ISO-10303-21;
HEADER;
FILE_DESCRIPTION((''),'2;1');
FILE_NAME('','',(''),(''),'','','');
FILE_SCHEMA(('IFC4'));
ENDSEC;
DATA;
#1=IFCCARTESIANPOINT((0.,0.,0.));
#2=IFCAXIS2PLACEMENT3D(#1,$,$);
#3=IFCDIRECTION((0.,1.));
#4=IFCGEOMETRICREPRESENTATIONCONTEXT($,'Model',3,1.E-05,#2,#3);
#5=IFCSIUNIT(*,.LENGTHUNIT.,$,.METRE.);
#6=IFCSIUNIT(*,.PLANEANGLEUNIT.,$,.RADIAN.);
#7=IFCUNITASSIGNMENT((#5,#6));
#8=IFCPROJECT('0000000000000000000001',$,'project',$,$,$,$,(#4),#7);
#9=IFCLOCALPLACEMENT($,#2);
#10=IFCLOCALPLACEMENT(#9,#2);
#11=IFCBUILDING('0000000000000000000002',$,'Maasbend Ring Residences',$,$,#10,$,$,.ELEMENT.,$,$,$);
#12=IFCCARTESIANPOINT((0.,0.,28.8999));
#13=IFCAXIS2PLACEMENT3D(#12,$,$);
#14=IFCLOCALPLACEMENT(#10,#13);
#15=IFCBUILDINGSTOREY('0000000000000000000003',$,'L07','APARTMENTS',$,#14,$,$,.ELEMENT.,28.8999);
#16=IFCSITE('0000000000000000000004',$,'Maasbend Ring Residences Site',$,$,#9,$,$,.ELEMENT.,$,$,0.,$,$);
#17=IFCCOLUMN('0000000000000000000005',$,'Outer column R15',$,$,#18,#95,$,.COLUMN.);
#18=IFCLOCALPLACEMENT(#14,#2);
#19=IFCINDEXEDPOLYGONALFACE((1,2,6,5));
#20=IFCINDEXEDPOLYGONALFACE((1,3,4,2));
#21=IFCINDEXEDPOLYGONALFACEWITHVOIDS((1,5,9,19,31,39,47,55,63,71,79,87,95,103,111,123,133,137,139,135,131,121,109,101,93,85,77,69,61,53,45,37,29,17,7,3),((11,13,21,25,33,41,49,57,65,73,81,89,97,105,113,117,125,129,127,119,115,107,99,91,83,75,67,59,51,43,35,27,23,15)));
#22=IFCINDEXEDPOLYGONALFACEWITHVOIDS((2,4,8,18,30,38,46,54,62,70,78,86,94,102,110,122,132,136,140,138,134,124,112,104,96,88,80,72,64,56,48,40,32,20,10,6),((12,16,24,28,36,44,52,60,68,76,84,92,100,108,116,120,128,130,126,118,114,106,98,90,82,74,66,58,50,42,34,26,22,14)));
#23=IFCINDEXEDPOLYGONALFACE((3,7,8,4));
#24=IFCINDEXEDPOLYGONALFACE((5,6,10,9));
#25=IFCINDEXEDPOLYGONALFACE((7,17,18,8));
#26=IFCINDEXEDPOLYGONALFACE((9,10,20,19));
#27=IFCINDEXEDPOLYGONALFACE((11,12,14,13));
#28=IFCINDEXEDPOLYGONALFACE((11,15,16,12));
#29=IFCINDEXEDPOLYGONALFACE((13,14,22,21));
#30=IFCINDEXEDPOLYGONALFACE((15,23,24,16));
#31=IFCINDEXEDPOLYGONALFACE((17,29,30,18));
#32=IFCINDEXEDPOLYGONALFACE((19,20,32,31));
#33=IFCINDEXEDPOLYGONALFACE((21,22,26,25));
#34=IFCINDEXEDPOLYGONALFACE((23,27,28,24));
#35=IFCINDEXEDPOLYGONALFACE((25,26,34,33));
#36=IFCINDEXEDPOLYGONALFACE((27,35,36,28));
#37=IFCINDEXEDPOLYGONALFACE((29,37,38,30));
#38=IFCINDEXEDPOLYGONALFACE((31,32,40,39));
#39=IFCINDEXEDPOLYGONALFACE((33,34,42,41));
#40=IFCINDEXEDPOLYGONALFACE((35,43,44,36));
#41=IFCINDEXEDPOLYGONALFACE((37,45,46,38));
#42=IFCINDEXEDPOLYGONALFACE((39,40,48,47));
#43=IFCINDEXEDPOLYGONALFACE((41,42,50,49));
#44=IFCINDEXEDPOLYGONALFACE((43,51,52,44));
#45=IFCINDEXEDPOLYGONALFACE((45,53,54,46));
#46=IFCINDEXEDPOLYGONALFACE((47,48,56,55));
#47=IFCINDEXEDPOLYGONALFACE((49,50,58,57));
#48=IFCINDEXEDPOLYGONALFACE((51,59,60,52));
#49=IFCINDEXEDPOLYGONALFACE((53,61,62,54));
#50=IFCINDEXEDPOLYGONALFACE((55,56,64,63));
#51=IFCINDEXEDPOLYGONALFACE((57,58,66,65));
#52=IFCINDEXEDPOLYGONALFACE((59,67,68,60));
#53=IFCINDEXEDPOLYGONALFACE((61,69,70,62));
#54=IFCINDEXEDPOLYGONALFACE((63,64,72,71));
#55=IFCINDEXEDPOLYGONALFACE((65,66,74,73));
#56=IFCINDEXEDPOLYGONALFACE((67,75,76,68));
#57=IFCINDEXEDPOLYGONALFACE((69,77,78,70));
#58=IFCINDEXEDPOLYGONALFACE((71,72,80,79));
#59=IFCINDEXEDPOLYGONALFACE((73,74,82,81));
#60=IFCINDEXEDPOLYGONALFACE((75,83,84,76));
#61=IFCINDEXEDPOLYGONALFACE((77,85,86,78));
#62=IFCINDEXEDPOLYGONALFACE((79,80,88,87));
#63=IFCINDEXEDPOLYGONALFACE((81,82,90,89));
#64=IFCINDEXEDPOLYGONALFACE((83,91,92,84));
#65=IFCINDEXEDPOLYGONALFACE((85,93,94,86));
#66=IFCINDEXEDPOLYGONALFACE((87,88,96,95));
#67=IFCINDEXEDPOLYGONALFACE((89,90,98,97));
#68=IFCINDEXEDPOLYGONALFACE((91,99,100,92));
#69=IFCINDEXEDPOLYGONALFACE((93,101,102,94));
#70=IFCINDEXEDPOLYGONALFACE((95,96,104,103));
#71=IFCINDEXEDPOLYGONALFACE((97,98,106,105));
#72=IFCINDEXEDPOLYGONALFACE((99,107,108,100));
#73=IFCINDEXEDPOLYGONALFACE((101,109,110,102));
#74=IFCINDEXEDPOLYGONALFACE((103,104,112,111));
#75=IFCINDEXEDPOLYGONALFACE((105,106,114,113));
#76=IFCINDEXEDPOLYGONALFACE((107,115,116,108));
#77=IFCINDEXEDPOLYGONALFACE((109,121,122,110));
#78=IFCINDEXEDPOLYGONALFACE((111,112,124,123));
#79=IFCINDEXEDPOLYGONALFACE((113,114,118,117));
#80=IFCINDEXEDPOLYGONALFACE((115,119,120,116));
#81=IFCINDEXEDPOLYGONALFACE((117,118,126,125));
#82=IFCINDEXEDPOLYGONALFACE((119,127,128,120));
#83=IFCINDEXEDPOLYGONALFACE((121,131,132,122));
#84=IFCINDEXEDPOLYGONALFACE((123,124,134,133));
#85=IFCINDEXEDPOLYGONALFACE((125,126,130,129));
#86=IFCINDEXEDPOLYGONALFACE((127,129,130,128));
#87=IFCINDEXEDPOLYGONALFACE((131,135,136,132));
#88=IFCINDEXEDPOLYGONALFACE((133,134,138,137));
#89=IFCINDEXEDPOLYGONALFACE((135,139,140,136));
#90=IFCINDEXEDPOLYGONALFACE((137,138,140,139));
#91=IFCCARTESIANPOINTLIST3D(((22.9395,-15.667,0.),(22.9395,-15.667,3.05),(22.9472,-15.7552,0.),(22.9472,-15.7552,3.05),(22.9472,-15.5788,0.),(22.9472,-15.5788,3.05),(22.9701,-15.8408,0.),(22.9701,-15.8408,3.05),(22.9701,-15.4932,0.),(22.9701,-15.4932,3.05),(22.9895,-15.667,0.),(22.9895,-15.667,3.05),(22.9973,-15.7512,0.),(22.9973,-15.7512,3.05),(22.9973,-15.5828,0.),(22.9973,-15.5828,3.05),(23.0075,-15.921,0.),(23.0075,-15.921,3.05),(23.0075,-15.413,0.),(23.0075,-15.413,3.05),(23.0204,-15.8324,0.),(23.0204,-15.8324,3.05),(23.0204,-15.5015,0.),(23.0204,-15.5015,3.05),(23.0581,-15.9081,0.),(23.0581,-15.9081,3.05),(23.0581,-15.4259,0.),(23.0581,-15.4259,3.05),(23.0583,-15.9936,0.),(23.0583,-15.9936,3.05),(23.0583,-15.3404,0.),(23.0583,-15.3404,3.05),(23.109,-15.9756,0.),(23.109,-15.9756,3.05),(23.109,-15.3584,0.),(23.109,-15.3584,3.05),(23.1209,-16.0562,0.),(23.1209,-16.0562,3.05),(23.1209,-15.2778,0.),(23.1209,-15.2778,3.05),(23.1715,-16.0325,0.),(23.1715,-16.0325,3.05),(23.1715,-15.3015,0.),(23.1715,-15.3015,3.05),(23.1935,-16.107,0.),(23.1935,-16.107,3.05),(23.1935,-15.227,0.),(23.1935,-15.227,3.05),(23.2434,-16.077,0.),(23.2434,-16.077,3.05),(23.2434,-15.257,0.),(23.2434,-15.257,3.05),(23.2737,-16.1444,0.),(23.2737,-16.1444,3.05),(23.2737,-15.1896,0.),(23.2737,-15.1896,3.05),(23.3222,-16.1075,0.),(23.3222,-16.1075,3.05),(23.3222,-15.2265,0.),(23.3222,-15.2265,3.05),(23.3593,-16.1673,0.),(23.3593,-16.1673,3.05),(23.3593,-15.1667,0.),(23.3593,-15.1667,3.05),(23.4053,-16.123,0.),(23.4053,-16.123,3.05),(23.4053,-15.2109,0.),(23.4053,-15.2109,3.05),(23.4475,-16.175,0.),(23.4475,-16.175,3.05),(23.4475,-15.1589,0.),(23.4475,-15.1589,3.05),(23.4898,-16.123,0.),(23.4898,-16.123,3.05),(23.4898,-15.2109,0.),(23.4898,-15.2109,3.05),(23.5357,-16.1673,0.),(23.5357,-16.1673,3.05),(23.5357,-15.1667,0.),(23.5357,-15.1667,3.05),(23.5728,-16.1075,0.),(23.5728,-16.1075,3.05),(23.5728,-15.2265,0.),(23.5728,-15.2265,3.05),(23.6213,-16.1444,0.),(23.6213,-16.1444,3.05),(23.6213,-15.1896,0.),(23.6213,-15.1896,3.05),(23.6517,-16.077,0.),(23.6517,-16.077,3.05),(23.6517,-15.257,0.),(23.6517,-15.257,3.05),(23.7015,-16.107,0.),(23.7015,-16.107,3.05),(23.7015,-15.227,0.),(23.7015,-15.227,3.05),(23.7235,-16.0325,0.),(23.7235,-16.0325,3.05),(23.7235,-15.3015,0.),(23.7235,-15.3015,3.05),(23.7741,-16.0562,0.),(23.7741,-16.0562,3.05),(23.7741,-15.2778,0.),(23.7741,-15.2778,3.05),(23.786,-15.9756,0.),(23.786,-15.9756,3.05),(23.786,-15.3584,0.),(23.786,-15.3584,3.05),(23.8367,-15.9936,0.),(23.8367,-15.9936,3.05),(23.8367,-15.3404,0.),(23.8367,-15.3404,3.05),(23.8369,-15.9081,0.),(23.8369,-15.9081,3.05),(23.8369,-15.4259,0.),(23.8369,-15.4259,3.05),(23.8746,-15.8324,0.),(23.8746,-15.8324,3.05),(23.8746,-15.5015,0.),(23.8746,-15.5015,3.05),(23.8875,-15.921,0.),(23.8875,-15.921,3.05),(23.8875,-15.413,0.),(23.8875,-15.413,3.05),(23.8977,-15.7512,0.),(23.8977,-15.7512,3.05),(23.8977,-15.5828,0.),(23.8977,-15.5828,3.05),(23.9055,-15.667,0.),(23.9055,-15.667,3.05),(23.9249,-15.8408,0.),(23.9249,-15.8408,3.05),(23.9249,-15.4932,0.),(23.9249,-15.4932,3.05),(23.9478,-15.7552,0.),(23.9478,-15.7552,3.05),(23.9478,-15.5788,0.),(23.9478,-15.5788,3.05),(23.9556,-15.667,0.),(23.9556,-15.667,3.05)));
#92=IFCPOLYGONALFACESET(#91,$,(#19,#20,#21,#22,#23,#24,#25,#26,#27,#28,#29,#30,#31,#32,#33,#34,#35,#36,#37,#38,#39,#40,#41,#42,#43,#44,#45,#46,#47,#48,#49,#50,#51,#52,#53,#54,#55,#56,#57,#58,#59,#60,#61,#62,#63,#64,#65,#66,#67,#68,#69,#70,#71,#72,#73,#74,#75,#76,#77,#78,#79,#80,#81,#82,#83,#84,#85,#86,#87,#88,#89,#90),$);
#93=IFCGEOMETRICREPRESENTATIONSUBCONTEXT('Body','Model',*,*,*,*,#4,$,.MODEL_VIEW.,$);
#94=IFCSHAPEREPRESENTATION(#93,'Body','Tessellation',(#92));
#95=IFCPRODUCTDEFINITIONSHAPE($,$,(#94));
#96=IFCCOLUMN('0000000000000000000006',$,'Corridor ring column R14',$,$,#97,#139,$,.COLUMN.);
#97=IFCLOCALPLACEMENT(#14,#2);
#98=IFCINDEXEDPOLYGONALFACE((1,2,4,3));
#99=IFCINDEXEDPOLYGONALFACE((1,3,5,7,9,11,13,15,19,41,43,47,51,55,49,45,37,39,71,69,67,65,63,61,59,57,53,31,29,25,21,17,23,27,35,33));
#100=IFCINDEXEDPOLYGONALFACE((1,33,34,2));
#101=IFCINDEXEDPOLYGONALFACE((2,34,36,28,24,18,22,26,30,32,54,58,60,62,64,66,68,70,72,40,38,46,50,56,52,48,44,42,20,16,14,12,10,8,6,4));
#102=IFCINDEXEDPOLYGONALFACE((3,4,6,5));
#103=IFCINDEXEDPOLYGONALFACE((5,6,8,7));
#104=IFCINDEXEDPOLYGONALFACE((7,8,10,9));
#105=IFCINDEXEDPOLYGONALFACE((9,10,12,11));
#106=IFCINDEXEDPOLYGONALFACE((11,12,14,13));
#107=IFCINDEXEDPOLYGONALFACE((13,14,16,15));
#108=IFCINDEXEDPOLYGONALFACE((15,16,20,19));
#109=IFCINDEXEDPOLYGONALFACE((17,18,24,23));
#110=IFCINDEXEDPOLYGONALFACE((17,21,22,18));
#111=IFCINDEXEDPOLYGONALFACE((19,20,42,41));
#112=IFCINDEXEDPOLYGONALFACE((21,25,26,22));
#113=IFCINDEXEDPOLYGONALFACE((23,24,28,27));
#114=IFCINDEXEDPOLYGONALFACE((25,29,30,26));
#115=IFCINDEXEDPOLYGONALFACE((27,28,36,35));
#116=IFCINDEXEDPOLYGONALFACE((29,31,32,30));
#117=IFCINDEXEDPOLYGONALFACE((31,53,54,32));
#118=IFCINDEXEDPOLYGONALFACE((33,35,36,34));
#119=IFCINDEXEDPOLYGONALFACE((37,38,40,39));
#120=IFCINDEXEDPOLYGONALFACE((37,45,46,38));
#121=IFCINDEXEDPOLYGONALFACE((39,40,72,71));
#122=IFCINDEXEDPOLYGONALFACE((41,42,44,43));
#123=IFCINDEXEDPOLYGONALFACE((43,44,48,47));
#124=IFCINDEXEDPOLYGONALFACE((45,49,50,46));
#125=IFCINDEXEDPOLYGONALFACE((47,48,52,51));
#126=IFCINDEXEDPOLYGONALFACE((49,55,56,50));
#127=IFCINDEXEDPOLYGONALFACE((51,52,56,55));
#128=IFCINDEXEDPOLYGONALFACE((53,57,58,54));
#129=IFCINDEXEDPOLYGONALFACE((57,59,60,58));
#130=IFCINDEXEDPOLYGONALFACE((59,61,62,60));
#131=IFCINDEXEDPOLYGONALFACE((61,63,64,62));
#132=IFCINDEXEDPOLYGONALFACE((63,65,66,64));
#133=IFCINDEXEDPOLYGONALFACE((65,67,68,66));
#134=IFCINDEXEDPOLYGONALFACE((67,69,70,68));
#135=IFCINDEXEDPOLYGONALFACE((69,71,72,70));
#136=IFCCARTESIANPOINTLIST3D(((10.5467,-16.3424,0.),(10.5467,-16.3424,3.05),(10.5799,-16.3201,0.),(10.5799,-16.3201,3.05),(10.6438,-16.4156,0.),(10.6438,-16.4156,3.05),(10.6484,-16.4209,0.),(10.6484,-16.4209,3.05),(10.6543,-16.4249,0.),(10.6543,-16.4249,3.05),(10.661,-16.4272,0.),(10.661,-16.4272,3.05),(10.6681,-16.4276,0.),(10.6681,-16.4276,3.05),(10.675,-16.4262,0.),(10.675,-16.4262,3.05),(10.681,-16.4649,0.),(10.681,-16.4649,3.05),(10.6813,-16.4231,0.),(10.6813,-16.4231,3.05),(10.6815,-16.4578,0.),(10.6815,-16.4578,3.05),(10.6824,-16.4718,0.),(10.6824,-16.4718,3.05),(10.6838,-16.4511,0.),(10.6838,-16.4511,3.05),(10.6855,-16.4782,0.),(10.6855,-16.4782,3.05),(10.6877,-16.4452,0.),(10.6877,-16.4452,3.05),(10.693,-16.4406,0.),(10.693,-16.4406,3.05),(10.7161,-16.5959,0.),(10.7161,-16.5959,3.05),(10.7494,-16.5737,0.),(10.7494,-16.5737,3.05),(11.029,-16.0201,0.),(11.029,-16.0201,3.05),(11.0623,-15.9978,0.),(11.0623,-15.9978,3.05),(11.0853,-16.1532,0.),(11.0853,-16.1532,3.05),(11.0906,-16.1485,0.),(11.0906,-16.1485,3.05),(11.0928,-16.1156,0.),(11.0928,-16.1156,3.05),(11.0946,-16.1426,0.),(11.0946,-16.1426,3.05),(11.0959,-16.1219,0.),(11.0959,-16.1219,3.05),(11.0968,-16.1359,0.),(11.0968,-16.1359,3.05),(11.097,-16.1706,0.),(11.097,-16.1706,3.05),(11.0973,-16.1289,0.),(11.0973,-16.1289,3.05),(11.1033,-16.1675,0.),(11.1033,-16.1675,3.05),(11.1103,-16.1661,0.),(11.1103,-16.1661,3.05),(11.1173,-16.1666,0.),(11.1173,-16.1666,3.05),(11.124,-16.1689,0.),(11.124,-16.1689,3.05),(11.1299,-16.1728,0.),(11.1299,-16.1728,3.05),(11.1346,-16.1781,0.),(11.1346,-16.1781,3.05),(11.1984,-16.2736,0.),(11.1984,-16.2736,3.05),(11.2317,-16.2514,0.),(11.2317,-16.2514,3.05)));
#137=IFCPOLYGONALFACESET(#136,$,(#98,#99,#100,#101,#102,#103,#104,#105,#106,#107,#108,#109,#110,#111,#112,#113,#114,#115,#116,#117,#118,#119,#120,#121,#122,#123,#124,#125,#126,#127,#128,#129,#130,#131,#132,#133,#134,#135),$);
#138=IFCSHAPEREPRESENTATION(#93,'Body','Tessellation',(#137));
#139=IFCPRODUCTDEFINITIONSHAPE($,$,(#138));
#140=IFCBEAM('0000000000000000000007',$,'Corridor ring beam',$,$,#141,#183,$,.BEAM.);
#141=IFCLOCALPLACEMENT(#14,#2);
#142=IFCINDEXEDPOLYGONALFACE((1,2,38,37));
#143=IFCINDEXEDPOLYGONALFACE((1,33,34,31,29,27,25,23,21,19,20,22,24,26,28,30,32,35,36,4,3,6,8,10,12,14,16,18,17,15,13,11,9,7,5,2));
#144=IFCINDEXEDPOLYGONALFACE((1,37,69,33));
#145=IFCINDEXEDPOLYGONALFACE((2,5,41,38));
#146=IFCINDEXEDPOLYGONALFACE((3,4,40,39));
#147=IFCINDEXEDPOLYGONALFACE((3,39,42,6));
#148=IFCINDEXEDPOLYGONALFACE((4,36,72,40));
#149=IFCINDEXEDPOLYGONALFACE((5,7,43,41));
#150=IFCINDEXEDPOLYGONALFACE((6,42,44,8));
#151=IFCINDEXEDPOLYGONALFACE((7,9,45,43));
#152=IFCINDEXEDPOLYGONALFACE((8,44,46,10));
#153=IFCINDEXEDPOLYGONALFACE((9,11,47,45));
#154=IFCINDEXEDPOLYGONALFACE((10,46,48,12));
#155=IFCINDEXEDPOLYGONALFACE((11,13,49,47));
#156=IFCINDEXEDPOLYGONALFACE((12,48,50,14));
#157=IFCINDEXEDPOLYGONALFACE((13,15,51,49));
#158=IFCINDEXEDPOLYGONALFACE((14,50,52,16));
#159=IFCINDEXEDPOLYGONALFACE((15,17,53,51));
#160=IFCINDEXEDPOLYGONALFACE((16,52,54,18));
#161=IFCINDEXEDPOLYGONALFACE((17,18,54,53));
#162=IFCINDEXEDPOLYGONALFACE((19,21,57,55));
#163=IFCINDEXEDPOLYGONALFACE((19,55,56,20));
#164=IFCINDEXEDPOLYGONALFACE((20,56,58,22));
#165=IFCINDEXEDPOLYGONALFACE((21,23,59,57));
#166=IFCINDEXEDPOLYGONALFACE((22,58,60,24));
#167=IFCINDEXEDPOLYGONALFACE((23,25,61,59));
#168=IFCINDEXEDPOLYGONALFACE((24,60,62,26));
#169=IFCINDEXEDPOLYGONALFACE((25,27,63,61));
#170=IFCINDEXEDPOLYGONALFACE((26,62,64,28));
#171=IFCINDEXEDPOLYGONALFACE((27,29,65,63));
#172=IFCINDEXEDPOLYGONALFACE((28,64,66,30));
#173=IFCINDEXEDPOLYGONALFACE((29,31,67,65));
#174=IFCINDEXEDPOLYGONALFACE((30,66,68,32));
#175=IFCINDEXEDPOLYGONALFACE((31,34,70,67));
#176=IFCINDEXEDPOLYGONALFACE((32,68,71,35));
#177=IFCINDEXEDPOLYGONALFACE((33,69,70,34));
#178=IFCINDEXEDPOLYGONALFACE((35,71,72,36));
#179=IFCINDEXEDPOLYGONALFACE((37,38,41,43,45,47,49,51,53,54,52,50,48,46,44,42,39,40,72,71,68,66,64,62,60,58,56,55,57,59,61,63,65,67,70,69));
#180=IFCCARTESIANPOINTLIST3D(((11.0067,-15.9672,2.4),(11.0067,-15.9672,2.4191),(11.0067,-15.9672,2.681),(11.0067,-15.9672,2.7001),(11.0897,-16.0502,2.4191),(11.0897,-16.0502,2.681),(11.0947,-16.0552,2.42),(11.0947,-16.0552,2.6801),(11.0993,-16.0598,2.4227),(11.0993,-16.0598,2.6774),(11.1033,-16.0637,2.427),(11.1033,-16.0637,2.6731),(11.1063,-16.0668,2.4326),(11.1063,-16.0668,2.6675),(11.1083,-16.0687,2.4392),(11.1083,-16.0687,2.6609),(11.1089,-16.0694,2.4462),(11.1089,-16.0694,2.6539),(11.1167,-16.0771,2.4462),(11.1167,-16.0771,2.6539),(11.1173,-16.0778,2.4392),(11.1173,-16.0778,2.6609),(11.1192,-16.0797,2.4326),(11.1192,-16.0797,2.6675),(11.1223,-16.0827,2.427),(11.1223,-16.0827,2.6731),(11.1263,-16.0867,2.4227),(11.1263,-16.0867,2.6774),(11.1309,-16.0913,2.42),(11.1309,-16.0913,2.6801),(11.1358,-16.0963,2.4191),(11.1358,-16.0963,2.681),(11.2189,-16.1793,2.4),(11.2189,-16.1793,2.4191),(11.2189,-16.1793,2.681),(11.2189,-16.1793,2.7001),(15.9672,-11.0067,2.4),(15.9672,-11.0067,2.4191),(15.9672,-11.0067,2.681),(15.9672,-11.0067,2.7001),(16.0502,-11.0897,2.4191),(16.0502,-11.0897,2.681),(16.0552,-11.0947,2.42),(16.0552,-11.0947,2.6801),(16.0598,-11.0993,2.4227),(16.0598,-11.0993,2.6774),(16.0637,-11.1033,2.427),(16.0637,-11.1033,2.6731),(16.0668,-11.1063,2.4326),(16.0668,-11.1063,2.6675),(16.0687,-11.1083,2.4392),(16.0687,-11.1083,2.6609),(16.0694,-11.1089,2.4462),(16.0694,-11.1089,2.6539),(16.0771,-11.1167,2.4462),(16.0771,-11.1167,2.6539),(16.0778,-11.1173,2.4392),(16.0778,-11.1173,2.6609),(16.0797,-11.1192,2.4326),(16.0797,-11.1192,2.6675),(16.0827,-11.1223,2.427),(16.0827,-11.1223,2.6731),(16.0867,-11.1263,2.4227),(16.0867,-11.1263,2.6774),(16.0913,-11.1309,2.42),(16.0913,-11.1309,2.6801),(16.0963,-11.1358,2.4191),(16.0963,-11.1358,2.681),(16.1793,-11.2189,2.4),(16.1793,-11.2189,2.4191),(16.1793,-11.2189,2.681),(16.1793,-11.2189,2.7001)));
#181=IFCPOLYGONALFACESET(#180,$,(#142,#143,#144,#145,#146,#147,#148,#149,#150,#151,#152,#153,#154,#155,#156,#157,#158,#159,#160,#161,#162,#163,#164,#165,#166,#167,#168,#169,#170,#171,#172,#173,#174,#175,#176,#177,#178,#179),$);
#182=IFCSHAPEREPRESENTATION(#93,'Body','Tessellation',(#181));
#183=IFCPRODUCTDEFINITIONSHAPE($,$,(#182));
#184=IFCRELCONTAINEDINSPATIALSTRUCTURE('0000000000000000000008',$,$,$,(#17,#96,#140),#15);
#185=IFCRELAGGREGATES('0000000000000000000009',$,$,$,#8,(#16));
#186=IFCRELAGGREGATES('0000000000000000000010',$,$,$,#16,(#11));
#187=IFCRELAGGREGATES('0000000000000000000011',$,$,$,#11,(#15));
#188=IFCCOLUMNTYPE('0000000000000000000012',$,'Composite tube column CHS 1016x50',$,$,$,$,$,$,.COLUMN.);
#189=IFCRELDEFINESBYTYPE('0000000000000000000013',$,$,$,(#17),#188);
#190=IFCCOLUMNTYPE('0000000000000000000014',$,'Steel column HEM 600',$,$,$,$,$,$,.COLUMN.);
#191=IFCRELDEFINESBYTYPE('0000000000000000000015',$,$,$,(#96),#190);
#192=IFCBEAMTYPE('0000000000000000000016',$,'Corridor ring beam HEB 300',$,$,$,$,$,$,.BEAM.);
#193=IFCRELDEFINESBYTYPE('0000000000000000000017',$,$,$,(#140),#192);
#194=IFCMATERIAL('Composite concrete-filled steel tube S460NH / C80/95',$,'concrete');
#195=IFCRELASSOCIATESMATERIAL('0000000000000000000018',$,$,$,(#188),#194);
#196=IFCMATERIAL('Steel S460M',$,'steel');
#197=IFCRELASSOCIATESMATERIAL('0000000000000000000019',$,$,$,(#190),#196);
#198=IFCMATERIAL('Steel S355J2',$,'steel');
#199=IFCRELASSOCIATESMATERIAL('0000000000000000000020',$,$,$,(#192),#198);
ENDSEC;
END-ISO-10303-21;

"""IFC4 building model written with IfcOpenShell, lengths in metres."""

from ifc_helpers import new_model, si_unit, direction, frame, origin, origin_2d, place, context, subcontext, project, spatial, hollow_circle, i_section, extrude, material, material_profile, profile_set, type_object, element, save


model = new_model("IFC4")

# Units and contexts
model_context = context("Model", 3, precision=1e-05, world=origin(), true_north=direction((0.0, 1.0)))
body_context = subcontext(model_context, "Body", "Model", "MODEL_VIEW")
ifc_project = project(units=[si_unit("LENGTHUNIT", "METRE"), si_unit("PLANEANGLEUNIT", "RADIAN")], contexts=[model_context])

# Site, building, storey
site_placement = place(None, origin())
site = spatial("IfcSite", under=ifc_project, at=site_placement, Name="Maasbend Ring Residences Site", CompositionType="ELEMENT", RefElevation=0.0)
building_placement = place(site_placement, origin())
building = spatial("IfcBuilding", under=site, at=building_placement, Name="Maasbend Ring Residences", CompositionType="ELEMENT")
storey_placement = place(building_placement, frame((0.0, 0.0, 28.8999)))
storey = spatial("IfcBuildingStorey", under=building, at=storey_placement, Name="L07", Description="APARTMENTS", CompositionType="ELEMENT", Elevation=28.8999)

# Columns
ifc_material_1 = material(Name="Composite concrete-filled steel tube S460NH / C80/95", Category="concrete")
ifc_material_profile_1 = material_profile(ifc_material_1, hollow_circle(Radius=0.5081, WallThickness=0.05, at=origin_2d()), Name="Composite tube column CHS 1016x50")
ifc_profile_set_1 = profile_set([ifc_material_profile_1], Name="Composite concrete-filled steel tube S460NH / C80/95")
column_type_1 = type_object("IfcColumnType", Name="Composite tube column CHS 1016x50", PredefinedType="COLUMN", material=ifc_profile_set_1)
column_1_placement = place(storey_placement, frame((23.4475, -15.667, 0.0), z_axis=(0.0, 0.0, 1.0), x_axis=(1.0, 0.0, 0.0)))
element("IfcColumn", 1, at=column_1_placement, inside=storey, type_object=column_type_1, Name="Outer column R15", PredefinedType="COLUMN", context=body_context, shape_type="SweptSolid", body=[
    extrude(hollow_circle(Radius=0.5081, WallThickness=0.05, at=origin_2d()), origin(), (0.0, 0.0, 1.0), 3.05),
])
ifc_material_2 = material(Name="Steel S460M", Category="steel")
ifc_material_profile_2 = material_profile(ifc_material_2, i_section(OverallWidth=0.3049, OverallDepth=0.6201, WebThickness=0.021, FlangeThickness=0.04, FilletRadius=0.0271, at=origin_2d()), Name="HEM 600")
ifc_profile_set_2 = profile_set([ifc_material_profile_2], Name="Steel S460M")
column_type_2 = type_object("IfcColumnType", Name="Steel column HEM 600", PredefinedType="COLUMN", material=ifc_profile_set_2)
column_2_placement = place(storey_placement, frame((10.8892, -16.2969, 0.0), z_axis=(0.0, 0.0, 1.0), x_axis=(0.55557, -0.83147, 0.0)))
element("IfcColumn", 2, at=column_2_placement, inside=storey, type_object=column_type_2, Name="Corridor ring column R14", PredefinedType="COLUMN", context=body_context, shape_type="SweptSolid", body=[
    extrude(i_section(OverallWidth=0.3049, OverallDepth=0.6201, WebThickness=0.021, FlangeThickness=0.04, FilletRadius=0.0271, at=origin_2d()), origin(), (0.0, 0.0, 1.0), 3.05),
])

# Beam
ifc_material_3 = material(Name="Steel S355J2", Category="steel")
ifc_material_profile_3 = material_profile(ifc_material_3, i_section(OverallWidth=0.3, OverallDepth=0.3, WebThickness=0.011, FlangeThickness=0.019, FilletRadius=0.0271, at=origin_2d()), Name="HEB 300")
ifc_profile_set_3 = profile_set([ifc_material_profile_3], Name="Steel S355J2")
beam_type = type_object("IfcBeamType", Name="Corridor ring beam HEB 300", PredefinedType="BEAM", material=ifc_profile_set_3)
beam_placement = place(storey_placement, frame((11.1128, -16.0732, 2.55), z_axis=(0.707107, 0.707107, 0.0), x_axis=(-0.707107, 0.707107, 0.0)))
element("IfcBeam", 3, at=beam_placement, inside=storey, type_object=beam_type, Name="Corridor ring beam", PredefinedType="BEAM", context=body_context, shape_type="SweptSolid", body=[
    extrude(i_section(OverallWidth=0.3, OverallDepth=0.3, WebThickness=0.011, FlangeThickness=0.019, FilletRadius=0.0271, at=origin_2d()), origin(), (0.0, 0.0, 1.0), 7.0151),
])

save(model, "model.ifc")
